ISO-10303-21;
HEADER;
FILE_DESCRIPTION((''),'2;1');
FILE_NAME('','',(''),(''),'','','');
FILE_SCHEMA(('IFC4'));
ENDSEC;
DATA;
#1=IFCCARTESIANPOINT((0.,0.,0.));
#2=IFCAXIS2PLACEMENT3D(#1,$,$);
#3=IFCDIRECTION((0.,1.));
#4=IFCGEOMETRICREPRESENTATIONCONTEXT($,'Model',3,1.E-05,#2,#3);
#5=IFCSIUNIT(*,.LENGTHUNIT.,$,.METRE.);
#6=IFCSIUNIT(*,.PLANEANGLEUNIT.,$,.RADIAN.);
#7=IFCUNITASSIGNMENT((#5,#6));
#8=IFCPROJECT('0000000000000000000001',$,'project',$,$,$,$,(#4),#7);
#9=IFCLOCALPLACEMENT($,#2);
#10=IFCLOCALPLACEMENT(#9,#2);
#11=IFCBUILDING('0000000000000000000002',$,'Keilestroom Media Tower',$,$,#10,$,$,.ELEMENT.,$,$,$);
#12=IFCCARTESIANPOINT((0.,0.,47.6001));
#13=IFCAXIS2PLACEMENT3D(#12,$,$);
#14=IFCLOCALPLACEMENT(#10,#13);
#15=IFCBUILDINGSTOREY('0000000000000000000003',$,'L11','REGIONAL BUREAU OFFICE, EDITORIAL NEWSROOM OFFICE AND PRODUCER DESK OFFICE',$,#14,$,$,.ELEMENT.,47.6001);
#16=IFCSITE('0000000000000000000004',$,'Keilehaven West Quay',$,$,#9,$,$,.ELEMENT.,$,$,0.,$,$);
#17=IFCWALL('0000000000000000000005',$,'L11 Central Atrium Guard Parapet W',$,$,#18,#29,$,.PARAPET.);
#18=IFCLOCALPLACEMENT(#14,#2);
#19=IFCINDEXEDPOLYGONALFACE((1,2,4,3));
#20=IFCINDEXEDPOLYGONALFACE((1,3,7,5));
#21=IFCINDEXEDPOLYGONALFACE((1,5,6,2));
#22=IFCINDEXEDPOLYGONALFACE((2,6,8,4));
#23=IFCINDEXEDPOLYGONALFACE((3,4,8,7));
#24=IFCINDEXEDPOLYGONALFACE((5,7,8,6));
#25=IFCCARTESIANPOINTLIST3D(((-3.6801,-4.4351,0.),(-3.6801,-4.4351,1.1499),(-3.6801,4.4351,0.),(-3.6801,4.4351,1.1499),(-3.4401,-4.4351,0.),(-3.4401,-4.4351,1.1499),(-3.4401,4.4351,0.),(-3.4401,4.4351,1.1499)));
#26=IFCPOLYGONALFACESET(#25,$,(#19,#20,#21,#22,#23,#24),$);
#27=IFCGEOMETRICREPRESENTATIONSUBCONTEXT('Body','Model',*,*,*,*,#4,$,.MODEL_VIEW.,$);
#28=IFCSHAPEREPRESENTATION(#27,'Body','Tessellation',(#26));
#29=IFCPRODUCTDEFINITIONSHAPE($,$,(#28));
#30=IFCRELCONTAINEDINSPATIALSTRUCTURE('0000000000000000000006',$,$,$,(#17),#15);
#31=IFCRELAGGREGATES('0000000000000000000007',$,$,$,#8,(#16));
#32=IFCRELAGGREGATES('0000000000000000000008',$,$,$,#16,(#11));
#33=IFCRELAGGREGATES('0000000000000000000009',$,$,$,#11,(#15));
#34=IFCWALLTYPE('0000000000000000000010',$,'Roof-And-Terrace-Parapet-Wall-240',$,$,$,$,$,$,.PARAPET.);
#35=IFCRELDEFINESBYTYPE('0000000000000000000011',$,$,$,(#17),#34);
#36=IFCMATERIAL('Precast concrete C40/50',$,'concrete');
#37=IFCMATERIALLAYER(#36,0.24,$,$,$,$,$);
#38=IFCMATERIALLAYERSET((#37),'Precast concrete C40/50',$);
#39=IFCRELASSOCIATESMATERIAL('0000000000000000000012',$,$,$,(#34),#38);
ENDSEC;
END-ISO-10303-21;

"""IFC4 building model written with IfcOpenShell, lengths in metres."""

from ifc_helpers import new_model, si_unit, direction, frame, frame_2d, origin, place, context, subcontext, project, spatial, rectangle, extrude, material, layer, layer_set, type_object, element, save


model = new_model("IFC4")

# Units and contexts
model_context = context("Model", 3, precision=1e-05, world=origin(), true_north=direction((0.0, 1.0)))
body_context = subcontext(model_context, "Body", "Model", "MODEL_VIEW")
ifc_project = project(units=[si_unit("LENGTHUNIT", "METRE"), si_unit("PLANEANGLEUNIT", "RADIAN")], contexts=[model_context])

# Site, building, storey
site_placement = place(None, origin())
site = spatial("IfcSite", under=ifc_project, at=site_placement, Name="Keilehaven West Quay", CompositionType="ELEMENT", RefElevation=0.0)
building_placement = place(site_placement, origin())
building = spatial("IfcBuilding", under=site, at=building_placement, Name="Keilestroom Media Tower", CompositionType="ELEMENT")
storey_placement = place(building_placement, frame((0.0, 0.0, 47.6001)))
storey = spatial("IfcBuildingStorey", under=building, at=storey_placement, Name="L11", Description="REGIONAL BUREAU OFFICE, EDITORIAL NEWSROOM OFFICE AND PRODUCER DESK OFFICE", CompositionType="ELEMENT", Elevation=47.6001)

# Wall
ifc_material_1 = material(Name="Precast concrete C40/50", Category="concrete")
ifc_layer_1 = layer(ifc_material_1, 0.24)
ifc_layer_set_1 = layer_set([ifc_layer_1], Name="Precast concrete C40/50")
wall_type_1 = type_object("IfcWallType", Name="Roof-And-Terrace-Parapet-Wall-240", PredefinedType="PARAPET", material=ifc_layer_set_1)
wall_1_placement = place(storey_placement, frame((-3.5601, -4.4351, 0.0), z_axis=(0.0, 0.0, 1.0), x_axis=(0.0, 1.0, 0.0)))
element("IfcWall", 1, at=wall_1_placement, inside=storey, type_object=wall_type_1, Name="L11 Central Atrium Guard Parapet W", PredefinedType="PARAPET", context=body_context, shape_type="SweptSolid", body=[
    extrude(rectangle(XDim=8.8701, YDim=0.24, at=frame_2d((4.4351, 0.0))), origin(), (0.0, 0.0, 1.0), 1.1499),
])

save(model, "model.ifc")
